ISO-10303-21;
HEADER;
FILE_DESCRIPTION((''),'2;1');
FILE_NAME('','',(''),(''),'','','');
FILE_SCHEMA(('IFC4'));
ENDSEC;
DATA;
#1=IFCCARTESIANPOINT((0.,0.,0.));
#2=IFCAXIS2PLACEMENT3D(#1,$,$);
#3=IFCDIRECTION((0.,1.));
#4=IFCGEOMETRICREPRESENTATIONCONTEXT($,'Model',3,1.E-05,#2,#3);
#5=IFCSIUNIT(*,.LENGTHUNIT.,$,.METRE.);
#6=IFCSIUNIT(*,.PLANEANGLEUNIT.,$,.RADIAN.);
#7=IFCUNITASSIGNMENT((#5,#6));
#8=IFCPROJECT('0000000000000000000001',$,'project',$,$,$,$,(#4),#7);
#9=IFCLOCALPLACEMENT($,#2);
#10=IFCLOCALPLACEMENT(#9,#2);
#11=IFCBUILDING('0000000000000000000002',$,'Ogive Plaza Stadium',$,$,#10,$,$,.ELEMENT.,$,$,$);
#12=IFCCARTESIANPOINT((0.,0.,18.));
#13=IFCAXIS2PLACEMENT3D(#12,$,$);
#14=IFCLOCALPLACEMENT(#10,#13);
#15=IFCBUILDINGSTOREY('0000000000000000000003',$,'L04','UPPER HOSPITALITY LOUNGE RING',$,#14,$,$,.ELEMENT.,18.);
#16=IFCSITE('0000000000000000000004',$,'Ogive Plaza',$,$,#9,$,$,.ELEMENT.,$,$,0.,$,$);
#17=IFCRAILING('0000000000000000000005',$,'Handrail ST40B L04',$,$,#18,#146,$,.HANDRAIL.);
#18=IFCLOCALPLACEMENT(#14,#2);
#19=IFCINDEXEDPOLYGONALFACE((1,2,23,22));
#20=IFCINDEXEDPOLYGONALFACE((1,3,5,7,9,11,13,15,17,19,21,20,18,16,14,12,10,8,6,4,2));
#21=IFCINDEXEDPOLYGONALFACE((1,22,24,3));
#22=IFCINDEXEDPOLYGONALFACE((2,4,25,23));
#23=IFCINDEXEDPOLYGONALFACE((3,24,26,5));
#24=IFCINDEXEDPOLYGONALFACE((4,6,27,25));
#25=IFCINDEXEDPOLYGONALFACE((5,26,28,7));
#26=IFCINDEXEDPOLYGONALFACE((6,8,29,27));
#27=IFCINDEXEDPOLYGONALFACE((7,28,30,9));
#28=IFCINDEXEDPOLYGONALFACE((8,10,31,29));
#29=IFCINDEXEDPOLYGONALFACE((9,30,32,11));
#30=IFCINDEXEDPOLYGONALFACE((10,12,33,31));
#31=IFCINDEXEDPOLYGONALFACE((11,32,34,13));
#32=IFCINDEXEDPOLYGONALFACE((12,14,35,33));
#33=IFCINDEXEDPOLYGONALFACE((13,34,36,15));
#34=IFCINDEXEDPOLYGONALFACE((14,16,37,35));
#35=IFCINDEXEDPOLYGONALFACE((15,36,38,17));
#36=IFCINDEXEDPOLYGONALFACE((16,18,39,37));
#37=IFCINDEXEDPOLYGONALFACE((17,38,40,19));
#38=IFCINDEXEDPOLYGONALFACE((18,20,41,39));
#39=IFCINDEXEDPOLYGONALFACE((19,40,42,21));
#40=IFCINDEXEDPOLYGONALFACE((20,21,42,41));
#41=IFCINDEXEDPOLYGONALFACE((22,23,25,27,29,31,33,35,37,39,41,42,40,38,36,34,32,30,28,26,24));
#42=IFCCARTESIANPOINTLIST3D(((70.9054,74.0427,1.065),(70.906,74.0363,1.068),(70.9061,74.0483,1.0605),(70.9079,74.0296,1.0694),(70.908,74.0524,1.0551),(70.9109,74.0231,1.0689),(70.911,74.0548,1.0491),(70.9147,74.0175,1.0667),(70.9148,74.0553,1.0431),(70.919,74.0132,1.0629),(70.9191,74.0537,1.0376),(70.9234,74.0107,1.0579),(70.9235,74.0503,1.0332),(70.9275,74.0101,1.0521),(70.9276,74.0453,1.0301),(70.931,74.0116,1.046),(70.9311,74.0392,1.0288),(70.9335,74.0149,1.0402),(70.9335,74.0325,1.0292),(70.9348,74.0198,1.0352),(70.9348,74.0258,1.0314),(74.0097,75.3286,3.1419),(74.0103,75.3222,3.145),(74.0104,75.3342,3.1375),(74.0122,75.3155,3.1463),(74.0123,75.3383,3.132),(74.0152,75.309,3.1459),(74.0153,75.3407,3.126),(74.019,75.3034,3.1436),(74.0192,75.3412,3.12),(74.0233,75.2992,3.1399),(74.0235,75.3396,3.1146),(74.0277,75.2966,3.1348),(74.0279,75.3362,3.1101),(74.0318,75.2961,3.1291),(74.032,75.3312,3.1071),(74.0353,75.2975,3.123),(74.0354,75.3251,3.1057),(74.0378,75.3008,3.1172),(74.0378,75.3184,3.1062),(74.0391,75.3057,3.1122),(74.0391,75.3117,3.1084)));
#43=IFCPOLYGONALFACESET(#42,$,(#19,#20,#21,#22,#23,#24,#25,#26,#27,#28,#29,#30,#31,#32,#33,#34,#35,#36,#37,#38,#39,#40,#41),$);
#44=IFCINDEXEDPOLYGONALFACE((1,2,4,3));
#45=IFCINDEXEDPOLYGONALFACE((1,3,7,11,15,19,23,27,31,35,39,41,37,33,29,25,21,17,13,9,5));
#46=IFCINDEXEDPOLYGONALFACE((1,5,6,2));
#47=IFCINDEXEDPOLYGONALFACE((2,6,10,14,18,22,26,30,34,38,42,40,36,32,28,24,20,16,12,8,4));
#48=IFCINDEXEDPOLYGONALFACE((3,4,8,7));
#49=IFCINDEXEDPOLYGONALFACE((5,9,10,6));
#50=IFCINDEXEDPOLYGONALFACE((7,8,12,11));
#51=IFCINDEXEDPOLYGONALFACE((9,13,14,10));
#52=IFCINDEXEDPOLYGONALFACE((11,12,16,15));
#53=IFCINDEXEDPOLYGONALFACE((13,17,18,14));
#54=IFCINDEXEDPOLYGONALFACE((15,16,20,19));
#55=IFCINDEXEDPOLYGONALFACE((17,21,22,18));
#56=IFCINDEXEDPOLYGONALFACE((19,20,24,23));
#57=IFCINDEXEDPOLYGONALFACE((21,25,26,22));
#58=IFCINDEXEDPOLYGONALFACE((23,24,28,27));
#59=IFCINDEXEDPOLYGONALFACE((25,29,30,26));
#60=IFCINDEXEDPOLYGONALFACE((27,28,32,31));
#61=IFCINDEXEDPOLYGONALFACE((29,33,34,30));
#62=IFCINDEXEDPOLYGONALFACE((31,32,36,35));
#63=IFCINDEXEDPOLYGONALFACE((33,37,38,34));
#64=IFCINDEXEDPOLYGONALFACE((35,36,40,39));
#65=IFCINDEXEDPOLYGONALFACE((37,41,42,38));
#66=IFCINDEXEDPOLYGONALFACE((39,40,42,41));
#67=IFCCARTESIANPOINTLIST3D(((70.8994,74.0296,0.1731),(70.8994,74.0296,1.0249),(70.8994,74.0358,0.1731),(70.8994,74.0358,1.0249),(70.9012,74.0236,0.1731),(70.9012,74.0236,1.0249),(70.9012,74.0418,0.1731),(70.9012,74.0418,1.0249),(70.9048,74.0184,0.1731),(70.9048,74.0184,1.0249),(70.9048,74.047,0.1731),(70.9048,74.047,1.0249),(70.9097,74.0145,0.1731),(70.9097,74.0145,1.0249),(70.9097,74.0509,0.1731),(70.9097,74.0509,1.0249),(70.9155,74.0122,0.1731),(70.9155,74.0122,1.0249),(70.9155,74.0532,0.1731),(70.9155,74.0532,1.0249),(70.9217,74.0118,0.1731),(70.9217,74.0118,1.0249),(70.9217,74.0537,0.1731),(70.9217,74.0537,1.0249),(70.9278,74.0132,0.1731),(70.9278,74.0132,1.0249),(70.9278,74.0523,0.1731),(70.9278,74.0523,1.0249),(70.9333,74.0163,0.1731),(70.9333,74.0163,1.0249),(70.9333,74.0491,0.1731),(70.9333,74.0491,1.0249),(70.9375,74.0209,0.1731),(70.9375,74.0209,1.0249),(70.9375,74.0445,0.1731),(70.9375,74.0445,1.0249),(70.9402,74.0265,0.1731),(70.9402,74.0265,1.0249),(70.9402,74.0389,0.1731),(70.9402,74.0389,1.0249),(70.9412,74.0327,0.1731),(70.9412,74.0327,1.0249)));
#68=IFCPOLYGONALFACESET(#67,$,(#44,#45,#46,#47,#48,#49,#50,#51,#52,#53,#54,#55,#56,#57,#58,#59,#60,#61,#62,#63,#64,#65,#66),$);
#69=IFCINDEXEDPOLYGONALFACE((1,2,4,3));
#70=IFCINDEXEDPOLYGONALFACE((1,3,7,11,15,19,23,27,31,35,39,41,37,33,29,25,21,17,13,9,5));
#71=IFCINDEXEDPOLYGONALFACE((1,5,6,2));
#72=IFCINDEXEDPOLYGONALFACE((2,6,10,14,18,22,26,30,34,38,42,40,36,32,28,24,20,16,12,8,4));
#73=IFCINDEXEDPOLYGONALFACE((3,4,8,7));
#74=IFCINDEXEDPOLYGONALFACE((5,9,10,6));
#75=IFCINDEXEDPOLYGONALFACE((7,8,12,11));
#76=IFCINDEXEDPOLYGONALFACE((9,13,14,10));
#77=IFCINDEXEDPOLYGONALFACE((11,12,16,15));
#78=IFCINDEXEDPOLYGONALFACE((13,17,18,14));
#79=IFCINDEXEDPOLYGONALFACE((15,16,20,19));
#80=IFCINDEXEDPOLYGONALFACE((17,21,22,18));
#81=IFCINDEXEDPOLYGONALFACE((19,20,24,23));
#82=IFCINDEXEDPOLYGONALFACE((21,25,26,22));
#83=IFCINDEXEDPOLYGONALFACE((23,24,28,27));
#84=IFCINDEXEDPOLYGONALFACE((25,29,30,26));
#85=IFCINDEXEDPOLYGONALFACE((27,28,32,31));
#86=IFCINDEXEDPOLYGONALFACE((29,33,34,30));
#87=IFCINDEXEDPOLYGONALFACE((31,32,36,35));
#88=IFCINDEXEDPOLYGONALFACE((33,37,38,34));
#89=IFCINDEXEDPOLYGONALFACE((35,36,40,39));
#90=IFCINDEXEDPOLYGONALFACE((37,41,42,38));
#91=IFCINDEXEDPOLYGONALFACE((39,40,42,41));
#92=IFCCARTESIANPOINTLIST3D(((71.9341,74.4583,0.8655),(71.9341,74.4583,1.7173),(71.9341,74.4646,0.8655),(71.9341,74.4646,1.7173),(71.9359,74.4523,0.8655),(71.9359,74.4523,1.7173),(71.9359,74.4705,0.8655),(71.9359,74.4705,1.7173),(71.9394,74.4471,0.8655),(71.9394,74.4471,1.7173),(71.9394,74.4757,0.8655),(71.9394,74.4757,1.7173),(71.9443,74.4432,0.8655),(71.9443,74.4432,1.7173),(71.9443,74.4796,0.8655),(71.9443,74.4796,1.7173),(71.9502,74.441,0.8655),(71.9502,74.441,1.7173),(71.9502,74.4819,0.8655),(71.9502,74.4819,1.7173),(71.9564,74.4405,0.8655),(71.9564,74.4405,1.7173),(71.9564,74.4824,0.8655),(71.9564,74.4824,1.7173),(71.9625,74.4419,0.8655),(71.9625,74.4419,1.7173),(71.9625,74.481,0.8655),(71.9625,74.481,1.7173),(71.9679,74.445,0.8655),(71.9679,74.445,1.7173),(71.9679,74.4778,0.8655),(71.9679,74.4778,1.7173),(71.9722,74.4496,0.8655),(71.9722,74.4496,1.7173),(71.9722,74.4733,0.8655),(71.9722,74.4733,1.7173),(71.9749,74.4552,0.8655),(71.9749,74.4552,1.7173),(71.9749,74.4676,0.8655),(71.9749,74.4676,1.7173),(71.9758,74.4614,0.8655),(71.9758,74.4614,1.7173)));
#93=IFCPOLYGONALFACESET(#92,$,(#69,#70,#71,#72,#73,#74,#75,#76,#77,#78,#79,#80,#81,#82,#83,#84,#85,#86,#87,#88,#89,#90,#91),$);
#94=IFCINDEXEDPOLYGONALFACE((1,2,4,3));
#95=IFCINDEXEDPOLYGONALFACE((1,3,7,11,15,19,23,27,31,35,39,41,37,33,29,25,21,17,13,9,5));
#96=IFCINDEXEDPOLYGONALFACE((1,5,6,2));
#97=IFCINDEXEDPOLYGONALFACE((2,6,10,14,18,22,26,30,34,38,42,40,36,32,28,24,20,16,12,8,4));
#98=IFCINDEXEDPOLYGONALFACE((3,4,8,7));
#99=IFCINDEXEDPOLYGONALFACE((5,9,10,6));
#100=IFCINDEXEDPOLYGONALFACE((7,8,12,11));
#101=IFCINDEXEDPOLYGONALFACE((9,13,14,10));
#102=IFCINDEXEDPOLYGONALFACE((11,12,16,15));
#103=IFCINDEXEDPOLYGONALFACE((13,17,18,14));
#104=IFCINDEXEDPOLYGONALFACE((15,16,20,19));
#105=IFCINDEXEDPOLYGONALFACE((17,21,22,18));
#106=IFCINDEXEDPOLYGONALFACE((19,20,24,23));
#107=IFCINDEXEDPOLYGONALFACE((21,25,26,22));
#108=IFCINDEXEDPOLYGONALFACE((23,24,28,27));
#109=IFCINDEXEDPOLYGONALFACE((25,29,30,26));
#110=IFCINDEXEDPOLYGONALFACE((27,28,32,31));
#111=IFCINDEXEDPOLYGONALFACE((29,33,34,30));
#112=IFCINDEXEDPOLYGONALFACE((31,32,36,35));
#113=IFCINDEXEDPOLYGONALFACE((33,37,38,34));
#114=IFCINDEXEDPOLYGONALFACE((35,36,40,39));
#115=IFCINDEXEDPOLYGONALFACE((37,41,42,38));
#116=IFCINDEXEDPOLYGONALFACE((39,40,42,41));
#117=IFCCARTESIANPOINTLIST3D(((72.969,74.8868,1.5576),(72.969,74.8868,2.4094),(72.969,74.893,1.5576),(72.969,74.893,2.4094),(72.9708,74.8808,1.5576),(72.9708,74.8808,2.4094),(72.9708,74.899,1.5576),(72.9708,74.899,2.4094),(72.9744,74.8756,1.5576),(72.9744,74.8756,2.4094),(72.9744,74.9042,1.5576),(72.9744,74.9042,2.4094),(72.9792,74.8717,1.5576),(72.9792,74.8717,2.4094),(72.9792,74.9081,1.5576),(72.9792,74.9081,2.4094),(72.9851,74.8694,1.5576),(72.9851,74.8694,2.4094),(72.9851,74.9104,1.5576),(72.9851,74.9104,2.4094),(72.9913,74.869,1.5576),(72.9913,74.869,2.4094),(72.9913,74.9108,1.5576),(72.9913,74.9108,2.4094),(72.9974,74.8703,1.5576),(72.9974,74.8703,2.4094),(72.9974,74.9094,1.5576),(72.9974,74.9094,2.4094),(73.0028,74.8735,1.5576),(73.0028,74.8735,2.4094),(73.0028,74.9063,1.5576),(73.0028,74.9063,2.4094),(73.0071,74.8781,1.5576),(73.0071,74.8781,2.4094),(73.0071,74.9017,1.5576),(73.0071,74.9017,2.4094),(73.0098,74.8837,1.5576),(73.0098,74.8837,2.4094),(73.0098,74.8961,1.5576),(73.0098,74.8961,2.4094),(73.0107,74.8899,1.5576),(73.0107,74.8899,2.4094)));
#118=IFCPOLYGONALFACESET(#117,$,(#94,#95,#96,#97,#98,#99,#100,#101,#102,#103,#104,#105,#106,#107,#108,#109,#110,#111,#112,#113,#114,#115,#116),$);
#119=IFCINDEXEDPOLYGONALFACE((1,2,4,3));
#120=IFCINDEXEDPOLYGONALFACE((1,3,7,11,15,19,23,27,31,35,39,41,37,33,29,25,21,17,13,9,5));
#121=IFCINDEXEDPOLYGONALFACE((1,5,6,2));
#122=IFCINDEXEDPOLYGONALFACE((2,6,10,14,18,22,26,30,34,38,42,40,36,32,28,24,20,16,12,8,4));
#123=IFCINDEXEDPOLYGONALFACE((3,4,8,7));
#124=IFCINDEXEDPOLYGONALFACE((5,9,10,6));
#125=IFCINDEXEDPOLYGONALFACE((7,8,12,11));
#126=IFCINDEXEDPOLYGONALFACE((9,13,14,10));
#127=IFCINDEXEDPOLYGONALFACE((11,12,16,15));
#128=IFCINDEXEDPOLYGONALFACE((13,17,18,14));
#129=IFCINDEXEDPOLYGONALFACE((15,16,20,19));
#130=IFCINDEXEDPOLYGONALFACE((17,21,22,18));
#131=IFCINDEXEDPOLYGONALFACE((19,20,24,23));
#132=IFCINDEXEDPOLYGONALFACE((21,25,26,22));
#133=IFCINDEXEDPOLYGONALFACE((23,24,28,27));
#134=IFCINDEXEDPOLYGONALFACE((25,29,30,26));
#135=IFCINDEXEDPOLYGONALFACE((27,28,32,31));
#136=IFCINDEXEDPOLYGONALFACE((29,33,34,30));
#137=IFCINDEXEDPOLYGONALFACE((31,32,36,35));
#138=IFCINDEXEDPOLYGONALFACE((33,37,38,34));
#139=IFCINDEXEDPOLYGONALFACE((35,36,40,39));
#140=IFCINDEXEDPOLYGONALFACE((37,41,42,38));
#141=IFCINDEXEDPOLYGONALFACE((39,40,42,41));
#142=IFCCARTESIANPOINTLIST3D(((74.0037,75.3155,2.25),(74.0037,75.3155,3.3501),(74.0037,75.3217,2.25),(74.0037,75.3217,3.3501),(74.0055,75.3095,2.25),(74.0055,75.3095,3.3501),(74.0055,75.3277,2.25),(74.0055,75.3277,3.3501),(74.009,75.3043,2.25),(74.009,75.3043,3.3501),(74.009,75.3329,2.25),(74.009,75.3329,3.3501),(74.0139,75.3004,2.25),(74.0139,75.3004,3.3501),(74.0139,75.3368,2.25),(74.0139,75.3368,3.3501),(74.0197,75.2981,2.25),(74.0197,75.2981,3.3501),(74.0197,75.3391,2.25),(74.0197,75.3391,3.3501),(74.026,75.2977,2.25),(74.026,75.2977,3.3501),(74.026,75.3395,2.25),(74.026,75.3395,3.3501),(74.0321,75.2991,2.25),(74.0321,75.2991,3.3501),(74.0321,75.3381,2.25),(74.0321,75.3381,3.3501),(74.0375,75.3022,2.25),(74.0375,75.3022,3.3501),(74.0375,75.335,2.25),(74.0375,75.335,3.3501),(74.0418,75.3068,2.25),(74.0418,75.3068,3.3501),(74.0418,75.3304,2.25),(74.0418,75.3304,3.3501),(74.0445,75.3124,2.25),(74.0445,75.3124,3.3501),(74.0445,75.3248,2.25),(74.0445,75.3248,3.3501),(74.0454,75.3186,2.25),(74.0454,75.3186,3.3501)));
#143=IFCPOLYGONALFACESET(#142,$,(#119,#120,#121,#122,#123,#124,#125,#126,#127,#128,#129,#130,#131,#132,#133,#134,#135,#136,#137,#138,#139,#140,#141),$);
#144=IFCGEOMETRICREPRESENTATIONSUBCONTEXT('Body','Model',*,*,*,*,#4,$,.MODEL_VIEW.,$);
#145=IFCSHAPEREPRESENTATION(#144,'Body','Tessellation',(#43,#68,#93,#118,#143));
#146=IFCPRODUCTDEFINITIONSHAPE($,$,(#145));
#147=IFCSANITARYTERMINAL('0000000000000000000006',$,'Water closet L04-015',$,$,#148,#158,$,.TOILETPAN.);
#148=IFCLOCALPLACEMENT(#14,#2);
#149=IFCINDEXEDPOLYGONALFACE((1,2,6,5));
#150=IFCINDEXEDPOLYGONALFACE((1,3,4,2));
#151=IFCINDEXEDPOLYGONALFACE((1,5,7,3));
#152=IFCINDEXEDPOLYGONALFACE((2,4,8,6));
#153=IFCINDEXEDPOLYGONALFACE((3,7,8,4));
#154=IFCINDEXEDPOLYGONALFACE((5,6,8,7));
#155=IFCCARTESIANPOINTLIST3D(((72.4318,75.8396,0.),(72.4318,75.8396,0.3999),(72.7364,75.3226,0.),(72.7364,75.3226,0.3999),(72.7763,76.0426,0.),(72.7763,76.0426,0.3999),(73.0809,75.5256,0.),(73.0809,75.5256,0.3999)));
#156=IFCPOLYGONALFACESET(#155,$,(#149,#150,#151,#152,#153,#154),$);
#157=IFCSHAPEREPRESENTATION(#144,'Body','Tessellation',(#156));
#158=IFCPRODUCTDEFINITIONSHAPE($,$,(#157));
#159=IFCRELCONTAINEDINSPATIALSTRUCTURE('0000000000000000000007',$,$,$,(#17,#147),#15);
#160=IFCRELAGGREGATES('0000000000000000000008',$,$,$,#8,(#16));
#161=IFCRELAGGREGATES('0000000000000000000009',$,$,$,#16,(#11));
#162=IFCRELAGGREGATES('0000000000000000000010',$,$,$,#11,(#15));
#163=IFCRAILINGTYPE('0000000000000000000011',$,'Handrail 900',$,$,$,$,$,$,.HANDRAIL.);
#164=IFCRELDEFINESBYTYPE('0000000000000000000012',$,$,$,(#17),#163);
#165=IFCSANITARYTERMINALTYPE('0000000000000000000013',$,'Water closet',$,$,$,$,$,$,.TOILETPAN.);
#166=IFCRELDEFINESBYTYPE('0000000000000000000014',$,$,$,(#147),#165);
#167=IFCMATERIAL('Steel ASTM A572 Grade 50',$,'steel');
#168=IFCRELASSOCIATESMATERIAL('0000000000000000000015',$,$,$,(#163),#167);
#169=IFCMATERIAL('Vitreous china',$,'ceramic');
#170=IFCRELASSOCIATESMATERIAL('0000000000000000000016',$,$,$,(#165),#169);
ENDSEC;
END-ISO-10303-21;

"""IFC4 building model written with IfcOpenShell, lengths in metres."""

from ifc_helpers import new_model, si_unit, direction, frame, origin, origin_2d, place, context, subcontext, project, spatial, rectangle, circle, extrude, material, type_object, element, save


model = new_model("IFC4")

# Units and contexts
model_context = context("Model", 3, precision=1e-05, world=origin(), true_north=direction((0.0, 1.0)))
body_context = subcontext(model_context, "Body", "Model", "MODEL_VIEW")
ifc_project = project(units=[si_unit("LENGTHUNIT", "METRE"), si_unit("PLANEANGLEUNIT", "RADIAN")], contexts=[model_context])

# Site, building, storey
site_placement = place(None, origin())
site = spatial("IfcSite", under=ifc_project, at=site_placement, Name="Ogive Plaza", CompositionType="ELEMENT", RefElevation=0.0)
building_placement = place(site_placement, origin())
building = spatial("IfcBuilding", under=site, at=building_placement, Name="Ogive Plaza Stadium", CompositionType="ELEMENT")
storey_placement = place(building_placement, frame((0.0, 0.0, 18.0)))
storey = spatial("IfcBuildingStorey", under=building, at=storey_placement, Name="L04", Description="UPPER HOSPITALITY LOUNGE RING", CompositionType="ELEMENT", Elevation=18.0)

# Railing
ifc_material_1 = material(Name="Steel ASTM A572 Grade 50", Category="steel")
railing_type_1 = type_object("IfcRailingType", Name="Handrail 900", PredefinedType="HANDRAIL", material=ifc_material_1)
railing_1_placement = place(storey_placement, frame((70.9202, 74.0327, 0.1731)))
element("IfcRailing", 1, at=railing_1_placement, inside=storey, type_object=railing_type_1, Name="Handrail ST40B L04", PredefinedType="HANDRAIL", context=body_context, shape_type="SweptSolid", body=[
    extrude(circle(Radius=0.0239, at=origin_2d()), frame((0.0, 0.0, 0.876), z_axis=(0.785863, 0.325532, 0.525783), x_axis=(-0.3827, 0.923872, 0.0)), (0.0, 0.0, 1.0), 3.9502),
    extrude(circle(Radius=0.021, at=origin_2d()), origin(), (0.0, 0.0, 1.0), 0.8518),
    extrude(circle(Radius=0.021, at=origin_2d()), frame((1.0347, 0.4287, 0.6924)), (0.0, 0.0, 1.0), 0.8518),
    extrude(circle(Radius=0.021, at=origin_2d()), frame((2.0696, 0.8572, 1.3845)), (0.0, 0.0, 1.0), 0.8518),
    extrude(circle(Radius=0.021, at=origin_2d()), frame((3.1042, 1.2859, 2.0769)), (0.0, 0.0, 1.0), 1.1001),
])

# Sanitary terminal
ifc_material_2 = material(Name="Vitreous china", Category="ceramic")
sanitary_terminal_type = type_object("IfcSanitaryTerminalType", Name="Water closet", PredefinedType="TOILETPAN", material=ifc_material_2)
sanitary_terminal_placement = place(storey_placement, frame((72.7563, 75.6826, 0.0), z_axis=(0.0, 0.0, 1.0), x_axis=(-0.861579, -0.507624, 0.0)))
element("IfcSanitaryTerminal", 2, at=sanitary_terminal_placement, inside=storey, type_object=sanitary_terminal_type, Name="Water closet L04-015", PredefinedType="TOILETPAN", context=body_context, shape_type="SweptSolid", body=[
    extrude(rectangle(XDim=0.3999, YDim=0.6001, at=origin_2d()), origin(), (0.0, 0.0, 1.0), 0.3999),
])

save(model, "model.ifc")
